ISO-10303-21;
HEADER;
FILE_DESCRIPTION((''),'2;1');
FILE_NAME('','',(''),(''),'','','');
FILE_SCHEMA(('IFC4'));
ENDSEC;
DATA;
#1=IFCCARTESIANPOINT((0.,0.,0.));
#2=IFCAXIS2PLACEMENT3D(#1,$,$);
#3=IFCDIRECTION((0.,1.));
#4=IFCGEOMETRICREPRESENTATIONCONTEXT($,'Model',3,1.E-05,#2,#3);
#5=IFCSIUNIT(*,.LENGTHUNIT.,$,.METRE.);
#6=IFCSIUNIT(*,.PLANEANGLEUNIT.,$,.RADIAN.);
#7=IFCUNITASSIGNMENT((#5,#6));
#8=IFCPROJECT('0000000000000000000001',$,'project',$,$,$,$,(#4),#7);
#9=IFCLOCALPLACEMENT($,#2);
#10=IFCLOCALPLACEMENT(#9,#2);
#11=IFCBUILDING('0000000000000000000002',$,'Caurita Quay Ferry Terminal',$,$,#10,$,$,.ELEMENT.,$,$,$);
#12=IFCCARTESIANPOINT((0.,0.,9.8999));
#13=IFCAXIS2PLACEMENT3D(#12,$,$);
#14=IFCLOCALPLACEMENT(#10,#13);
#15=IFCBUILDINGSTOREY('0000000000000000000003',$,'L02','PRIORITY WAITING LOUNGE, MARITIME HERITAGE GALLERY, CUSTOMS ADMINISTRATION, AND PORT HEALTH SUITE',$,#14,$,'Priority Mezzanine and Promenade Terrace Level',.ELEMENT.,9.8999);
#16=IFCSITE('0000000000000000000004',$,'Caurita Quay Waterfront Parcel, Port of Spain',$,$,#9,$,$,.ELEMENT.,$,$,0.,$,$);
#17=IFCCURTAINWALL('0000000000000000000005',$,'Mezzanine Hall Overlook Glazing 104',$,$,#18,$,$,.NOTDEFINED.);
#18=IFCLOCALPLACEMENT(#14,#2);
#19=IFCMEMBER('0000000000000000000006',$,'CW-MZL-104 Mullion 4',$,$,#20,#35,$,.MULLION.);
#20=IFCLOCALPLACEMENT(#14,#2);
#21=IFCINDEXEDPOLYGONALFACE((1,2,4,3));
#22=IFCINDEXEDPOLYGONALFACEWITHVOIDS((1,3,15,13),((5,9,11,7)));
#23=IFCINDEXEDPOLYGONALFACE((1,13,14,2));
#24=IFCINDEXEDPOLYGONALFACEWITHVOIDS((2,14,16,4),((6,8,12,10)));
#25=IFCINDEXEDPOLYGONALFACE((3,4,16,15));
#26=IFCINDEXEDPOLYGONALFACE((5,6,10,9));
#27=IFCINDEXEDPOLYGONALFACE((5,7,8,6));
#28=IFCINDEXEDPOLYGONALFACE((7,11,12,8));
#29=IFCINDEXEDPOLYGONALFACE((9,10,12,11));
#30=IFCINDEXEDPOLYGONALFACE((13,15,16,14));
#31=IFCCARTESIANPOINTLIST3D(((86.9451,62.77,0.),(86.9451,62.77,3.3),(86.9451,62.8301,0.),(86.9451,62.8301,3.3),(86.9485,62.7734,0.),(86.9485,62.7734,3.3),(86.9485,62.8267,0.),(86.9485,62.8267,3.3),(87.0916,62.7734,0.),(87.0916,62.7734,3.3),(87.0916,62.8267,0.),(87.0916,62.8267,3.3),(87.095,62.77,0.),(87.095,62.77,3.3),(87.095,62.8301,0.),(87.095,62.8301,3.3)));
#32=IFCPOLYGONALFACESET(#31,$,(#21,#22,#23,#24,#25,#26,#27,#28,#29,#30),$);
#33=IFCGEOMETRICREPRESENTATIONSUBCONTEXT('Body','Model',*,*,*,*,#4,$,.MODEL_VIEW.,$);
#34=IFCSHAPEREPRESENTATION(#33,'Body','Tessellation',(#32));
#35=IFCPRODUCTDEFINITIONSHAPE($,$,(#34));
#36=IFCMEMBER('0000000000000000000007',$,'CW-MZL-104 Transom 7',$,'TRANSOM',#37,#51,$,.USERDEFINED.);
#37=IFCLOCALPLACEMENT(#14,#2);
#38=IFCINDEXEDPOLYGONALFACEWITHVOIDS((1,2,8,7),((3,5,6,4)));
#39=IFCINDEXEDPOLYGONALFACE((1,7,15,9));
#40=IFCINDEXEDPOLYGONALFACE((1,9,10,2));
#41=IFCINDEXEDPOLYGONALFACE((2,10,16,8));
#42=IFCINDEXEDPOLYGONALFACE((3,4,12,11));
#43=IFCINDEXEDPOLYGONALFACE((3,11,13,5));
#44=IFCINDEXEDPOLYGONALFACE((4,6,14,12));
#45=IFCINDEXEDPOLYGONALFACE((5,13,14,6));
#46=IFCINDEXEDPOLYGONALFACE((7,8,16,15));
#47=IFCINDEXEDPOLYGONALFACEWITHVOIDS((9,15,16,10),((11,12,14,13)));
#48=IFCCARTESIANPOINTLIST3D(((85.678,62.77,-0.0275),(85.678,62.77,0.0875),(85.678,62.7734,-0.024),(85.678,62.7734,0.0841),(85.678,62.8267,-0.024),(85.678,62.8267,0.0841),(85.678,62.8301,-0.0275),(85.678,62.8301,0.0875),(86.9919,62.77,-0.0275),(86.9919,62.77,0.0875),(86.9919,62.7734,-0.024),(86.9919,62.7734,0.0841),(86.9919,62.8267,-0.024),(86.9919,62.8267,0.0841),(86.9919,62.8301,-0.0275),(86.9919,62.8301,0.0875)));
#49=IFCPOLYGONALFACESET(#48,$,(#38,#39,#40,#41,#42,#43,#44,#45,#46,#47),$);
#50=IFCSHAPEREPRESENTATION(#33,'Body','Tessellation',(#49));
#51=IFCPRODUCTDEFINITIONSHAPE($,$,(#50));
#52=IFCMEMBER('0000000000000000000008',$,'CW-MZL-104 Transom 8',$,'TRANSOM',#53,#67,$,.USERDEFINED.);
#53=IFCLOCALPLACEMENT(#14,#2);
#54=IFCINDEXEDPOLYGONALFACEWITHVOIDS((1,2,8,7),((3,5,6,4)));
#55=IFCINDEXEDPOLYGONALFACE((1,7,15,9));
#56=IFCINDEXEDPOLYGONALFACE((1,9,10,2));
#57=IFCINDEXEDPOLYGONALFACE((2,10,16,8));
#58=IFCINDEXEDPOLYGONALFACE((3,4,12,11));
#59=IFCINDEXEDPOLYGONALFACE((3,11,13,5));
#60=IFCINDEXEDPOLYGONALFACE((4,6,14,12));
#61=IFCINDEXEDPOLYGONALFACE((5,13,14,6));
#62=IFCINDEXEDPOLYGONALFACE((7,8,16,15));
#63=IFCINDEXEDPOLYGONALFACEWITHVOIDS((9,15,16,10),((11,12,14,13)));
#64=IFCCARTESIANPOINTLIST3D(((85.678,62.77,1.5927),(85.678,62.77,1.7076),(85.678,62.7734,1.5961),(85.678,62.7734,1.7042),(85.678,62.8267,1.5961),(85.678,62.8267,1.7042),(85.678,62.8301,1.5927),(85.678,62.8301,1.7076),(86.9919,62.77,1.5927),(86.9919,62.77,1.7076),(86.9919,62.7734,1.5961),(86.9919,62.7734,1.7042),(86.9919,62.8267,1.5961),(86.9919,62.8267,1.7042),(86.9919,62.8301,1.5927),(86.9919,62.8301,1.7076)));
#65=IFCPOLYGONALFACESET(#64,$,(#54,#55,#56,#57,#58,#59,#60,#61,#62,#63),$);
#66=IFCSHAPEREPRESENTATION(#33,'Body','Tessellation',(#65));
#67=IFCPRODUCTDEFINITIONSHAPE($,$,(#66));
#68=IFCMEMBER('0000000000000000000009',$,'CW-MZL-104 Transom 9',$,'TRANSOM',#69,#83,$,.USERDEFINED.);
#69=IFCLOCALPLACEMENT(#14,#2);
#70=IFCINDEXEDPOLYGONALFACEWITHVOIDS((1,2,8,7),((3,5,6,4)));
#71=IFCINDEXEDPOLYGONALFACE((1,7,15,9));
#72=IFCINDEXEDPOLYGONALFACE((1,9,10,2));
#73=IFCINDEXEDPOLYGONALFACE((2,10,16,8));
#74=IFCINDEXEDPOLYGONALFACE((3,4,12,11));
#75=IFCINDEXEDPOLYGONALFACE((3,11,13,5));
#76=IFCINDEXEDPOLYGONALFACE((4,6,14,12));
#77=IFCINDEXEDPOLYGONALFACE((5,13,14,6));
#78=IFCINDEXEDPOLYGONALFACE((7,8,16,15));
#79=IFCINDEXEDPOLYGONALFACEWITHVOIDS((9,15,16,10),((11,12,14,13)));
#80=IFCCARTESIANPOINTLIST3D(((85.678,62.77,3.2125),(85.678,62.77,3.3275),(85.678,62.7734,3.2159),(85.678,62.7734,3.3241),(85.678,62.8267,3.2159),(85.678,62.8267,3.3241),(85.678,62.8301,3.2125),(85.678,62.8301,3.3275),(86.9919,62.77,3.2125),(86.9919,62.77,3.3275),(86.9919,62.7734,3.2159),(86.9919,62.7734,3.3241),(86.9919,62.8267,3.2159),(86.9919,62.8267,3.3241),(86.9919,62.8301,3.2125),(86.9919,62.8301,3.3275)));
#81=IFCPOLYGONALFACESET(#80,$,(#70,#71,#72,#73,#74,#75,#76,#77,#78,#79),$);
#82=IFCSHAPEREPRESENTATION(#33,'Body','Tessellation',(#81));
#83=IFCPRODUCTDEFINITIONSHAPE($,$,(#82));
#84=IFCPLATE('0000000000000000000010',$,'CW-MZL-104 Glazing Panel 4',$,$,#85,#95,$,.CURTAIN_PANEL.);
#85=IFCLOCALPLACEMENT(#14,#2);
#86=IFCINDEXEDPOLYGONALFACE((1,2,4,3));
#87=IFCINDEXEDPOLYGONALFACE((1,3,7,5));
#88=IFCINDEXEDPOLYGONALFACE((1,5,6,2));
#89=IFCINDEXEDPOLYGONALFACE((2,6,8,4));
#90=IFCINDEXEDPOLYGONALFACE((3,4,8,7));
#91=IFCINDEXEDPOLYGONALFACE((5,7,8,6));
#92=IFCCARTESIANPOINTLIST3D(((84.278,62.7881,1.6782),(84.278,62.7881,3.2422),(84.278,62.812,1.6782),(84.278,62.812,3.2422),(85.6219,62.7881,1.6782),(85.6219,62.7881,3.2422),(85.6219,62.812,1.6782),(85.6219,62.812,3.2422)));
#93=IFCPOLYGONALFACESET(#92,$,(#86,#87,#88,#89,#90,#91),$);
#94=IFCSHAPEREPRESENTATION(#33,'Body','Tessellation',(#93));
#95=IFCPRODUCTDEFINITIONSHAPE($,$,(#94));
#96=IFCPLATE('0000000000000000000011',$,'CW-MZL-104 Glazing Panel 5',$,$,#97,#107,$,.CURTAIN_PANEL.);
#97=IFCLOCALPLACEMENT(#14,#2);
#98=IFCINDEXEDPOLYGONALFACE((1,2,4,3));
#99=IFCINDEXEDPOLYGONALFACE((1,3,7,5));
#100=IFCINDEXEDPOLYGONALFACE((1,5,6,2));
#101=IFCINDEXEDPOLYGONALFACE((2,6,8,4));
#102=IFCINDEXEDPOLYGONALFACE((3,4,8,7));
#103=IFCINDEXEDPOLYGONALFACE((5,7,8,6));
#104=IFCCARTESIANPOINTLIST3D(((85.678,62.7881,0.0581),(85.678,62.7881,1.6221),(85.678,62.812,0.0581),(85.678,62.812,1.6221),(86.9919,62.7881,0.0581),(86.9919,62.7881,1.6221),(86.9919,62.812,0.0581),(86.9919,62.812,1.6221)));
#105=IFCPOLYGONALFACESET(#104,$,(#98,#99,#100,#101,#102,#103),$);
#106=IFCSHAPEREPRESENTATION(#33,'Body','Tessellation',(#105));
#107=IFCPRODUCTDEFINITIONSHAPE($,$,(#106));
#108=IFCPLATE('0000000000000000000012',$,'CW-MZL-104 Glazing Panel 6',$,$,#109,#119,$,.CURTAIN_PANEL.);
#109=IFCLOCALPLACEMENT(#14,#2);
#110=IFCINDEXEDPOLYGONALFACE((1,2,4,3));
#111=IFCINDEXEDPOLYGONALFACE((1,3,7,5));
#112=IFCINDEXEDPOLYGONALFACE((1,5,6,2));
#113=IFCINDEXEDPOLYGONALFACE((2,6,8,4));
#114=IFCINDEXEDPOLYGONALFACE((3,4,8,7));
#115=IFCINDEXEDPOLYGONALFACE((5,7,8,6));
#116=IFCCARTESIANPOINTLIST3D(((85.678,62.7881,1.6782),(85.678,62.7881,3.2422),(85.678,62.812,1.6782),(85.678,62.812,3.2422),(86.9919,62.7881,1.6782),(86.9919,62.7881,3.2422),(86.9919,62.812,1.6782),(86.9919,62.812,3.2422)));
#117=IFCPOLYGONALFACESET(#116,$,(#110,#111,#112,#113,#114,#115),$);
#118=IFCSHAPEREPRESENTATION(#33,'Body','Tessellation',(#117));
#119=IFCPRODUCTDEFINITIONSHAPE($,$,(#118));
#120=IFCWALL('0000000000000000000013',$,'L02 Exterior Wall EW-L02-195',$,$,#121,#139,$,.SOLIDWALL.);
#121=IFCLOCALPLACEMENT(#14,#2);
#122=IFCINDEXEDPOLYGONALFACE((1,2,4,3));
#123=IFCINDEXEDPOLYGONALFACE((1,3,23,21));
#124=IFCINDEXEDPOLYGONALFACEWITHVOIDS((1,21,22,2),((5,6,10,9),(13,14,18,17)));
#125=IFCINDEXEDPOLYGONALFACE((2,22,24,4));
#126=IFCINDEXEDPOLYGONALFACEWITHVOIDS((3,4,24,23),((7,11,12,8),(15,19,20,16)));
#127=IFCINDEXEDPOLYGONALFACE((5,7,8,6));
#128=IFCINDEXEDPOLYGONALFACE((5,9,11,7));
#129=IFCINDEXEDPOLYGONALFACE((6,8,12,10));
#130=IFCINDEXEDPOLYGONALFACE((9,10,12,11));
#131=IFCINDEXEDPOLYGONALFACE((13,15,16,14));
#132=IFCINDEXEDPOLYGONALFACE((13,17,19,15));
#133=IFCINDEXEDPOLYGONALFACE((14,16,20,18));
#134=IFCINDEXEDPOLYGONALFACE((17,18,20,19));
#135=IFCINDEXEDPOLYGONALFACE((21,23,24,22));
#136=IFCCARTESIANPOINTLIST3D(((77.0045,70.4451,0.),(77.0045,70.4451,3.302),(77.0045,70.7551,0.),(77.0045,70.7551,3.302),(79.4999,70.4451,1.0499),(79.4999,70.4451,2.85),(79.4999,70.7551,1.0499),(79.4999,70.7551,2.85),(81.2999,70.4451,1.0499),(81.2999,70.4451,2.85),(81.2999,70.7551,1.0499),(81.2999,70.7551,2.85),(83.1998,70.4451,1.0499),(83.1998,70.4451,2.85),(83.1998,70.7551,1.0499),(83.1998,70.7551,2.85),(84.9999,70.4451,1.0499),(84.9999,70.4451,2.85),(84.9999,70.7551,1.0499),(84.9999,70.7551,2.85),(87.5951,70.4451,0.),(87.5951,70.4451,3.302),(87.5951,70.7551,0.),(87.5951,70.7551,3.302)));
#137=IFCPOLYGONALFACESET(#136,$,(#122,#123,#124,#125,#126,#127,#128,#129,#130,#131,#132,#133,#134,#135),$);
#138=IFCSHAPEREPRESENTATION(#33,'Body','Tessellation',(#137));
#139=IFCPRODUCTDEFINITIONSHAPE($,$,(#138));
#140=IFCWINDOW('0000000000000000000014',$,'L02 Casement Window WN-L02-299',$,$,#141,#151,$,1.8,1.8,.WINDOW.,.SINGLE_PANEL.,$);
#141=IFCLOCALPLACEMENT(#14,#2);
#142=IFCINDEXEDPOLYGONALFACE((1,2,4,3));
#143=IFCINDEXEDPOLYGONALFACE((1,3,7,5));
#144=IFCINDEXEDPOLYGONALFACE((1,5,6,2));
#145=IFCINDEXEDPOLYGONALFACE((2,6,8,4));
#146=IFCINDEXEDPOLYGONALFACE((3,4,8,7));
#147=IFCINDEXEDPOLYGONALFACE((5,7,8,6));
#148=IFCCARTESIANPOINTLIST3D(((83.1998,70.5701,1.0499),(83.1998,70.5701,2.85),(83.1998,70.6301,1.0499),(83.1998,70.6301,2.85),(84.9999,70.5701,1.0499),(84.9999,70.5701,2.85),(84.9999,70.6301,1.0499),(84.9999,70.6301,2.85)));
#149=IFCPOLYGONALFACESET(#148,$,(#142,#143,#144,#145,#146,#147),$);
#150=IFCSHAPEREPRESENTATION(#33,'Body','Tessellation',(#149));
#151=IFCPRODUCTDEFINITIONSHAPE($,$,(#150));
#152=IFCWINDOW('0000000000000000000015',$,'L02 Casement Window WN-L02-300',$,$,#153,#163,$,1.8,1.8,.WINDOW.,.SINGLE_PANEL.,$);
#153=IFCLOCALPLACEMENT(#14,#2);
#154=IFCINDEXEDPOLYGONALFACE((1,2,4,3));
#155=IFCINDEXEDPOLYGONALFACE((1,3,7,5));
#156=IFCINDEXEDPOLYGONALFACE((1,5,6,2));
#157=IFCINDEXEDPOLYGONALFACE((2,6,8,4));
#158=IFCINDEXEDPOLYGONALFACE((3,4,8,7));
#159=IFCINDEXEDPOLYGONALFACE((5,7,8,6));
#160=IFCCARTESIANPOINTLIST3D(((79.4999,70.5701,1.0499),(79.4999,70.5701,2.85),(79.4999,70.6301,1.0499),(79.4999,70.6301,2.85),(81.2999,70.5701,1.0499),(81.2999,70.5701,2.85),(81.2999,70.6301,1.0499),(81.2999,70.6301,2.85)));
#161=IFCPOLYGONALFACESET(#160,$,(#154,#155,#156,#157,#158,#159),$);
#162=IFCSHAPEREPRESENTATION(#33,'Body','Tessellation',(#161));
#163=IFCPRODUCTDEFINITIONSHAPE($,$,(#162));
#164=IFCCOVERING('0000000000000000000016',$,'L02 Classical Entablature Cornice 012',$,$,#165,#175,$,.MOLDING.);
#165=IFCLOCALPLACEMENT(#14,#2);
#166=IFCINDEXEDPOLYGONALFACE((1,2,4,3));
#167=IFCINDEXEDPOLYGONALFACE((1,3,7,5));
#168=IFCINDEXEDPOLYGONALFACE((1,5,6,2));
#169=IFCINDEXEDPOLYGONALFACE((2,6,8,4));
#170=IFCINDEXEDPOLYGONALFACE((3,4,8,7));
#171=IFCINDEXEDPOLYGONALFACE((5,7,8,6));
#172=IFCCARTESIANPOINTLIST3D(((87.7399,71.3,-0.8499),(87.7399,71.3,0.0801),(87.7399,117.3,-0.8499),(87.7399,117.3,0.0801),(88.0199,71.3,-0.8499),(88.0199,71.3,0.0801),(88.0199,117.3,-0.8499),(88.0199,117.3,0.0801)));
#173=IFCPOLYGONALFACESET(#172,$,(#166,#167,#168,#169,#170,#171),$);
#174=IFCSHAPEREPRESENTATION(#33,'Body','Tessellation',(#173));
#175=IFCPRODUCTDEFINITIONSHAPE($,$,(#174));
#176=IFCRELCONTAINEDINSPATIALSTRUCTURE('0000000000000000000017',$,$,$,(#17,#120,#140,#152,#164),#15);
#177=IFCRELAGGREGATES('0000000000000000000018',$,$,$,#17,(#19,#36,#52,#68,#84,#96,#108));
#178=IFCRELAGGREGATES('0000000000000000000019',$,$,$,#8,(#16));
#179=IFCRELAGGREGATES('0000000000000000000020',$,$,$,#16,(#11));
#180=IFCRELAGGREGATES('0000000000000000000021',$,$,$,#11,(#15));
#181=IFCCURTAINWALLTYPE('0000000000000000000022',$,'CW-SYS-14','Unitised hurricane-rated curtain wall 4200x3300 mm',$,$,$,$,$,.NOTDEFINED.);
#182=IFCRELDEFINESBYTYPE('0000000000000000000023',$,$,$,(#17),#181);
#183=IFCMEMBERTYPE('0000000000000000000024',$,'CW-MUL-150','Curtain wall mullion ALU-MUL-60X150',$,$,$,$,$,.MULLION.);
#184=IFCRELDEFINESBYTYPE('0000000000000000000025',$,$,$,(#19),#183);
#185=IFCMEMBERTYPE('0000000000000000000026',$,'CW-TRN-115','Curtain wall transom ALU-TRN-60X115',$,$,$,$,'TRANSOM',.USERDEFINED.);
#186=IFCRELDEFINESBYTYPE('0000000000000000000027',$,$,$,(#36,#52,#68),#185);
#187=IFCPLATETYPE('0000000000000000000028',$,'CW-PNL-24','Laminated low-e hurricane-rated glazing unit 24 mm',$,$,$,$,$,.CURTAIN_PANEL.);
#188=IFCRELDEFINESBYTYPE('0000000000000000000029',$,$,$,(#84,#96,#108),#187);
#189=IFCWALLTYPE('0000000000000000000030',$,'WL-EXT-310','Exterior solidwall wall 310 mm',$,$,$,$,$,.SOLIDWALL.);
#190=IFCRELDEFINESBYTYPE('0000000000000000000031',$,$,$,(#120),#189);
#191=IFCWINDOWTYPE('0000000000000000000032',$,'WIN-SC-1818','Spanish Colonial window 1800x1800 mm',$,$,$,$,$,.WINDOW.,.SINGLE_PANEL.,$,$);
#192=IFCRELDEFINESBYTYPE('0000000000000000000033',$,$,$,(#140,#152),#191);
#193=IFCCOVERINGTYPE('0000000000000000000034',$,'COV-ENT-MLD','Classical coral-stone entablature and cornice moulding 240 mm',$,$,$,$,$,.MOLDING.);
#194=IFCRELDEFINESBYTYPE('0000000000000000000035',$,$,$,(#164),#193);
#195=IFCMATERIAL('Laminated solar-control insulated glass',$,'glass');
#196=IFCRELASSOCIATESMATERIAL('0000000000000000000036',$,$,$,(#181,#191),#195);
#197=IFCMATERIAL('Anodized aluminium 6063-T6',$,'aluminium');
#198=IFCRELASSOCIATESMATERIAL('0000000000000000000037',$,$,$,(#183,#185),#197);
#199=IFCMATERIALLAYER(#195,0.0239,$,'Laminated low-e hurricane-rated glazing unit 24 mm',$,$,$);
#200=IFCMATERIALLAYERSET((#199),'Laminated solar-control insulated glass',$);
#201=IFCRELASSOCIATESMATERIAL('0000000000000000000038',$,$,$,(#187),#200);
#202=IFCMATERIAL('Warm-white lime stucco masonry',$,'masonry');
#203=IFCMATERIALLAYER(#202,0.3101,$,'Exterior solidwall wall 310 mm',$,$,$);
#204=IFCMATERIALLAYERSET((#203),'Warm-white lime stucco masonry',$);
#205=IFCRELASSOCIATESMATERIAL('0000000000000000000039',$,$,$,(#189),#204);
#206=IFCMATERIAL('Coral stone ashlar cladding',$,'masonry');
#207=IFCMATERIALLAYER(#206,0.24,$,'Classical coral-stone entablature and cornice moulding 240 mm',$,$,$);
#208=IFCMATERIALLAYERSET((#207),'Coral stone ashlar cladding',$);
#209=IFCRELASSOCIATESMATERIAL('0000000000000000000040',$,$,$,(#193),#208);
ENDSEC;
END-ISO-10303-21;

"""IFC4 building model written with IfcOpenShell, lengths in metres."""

from ifc_helpers import new_model, si_unit, direction, frame, frame_2d, origin, origin_2d, place, context, subcontext, project, spatial, rectangle, hollow_rectangle, extrude, material, layer, layer_set, material_profile, profile_set, type_object, element, fill, aggregate, save


model = new_model("IFC4")

# Units and contexts
model_context = context("Model", 3, precision=1e-05, world=origin(), true_north=direction((0.0, 1.0)))
body_context = subcontext(model_context, "Body", "Model", "MODEL_VIEW")
ifc_project = project(units=[si_unit("LENGTHUNIT", "METRE"), si_unit("PLANEANGLEUNIT", "RADIAN")], contexts=[model_context])

# Site, building, storey
site_placement = place(None, origin())
site = spatial("IfcSite", under=ifc_project, at=site_placement, Name="Caurita Quay Waterfront Parcel, Port of Spain", CompositionType="ELEMENT", RefElevation=0.0)
building_placement = place(site_placement, origin())
building = spatial("IfcBuilding", under=site, at=building_placement, Name="Caurita Quay Ferry Terminal", CompositionType="ELEMENT")
storey_placement = place(building_placement, frame((0.0, 0.0, 9.8999)))
storey = spatial("IfcBuildingStorey", under=building, at=storey_placement, Name="L02", Description="PRIORITY WAITING LOUNGE, MARITIME HERITAGE GALLERY, CUSTOMS ADMINISTRATION, AND PORT HEALTH SUITE", LongName="Priority Mezzanine and Promenade Terrace Level", CompositionType="ELEMENT", Elevation=9.8999)

# Curtain wall, members, plates
ifc_material_1 = material(Name="Laminated solar-control insulated glass", Category="glass")
curtain_wall_type = type_object("IfcCurtainWallType", Name="CW-SYS-14", Description="Unitised hurricane-rated curtain wall 4200x3300 mm", PredefinedType="NOTDEFINED", material=ifc_material_1)
curtain_wall_placement = place(storey_placement, origin())
curtain_wall = element("IfcCurtainWall", 1, at=curtain_wall_placement, inside=storey, type_object=curtain_wall_type, Name="Mezzanine Hall Overlook Glazing 104", PredefinedType="NOTDEFINED")
ifc_material_2 = material(Name="Anodized aluminium 6063-T6", Category="aluminium")
ifc_material_profile_1 = material_profile(ifc_material_2, hollow_rectangle(XDim=0.0601, YDim=0.1499, WallThickness=0.0034, at=origin_2d()), Name="ALU-MUL-60X150")
ifc_profile_set_1 = profile_set([ifc_material_profile_1], Name="Anodized aluminium 6063-T6")
member_type_1 = type_object("IfcMemberType", Name="CW-MUL-150", Description="Curtain wall mullion ALU-MUL-60X150", PredefinedType="MULLION", material=ifc_profile_set_1)
member_1_placement = place(storey_placement, frame((87.02, 62.8, 0.0), z_axis=(0.0, 0.0, 1.0), x_axis=(0.0, 1.0, 0.0)))
member_1 = element("IfcMember", 2, at=member_1_placement, type_object=member_type_1, Name="CW-MZL-104 Mullion 4", PredefinedType="MULLION", context=body_context, shape_type="SweptSolid", body=[
    extrude(hollow_rectangle(XDim=0.0601, YDim=0.1499, WallThickness=0.0034, at=origin_2d()), origin(), (0.0, 0.0, 1.0), 3.3),
])
ifc_material_profile_2 = material_profile(ifc_material_2, hollow_rectangle(XDim=0.0601, YDim=0.115, WallThickness=0.0034, at=origin_2d()), Name="ALU-TRN-60X115")
ifc_profile_set_2 = profile_set([ifc_material_profile_2], Name="Anodized aluminium 6063-T6")
member_type_2 = type_object("IfcMemberType", Name="CW-TRN-115", Description="Curtain wall transom ALU-TRN-60X115", ElementType="TRANSOM", PredefinedType="USERDEFINED", material=ifc_profile_set_2)
member_2_placement = place(storey_placement, frame((85.678, 62.8, 0.03), z_axis=(1.0, 0.0, 0.0), x_axis=(0.0, 1.0, 0.0)))
member_2 = element("IfcMember", 3, at=member_2_placement, type_object=member_type_2, Name="CW-MZL-104 Transom 7", ObjectType="TRANSOM", PredefinedType="USERDEFINED", context=body_context, shape_type="SweptSolid", body=[
    extrude(hollow_rectangle(XDim=0.0601, YDim=0.115, WallThickness=0.0034, at=origin_2d()), origin(), (0.0, 0.0, 1.0), 1.314),
])
member_3_placement = place(storey_placement, frame((85.678, 62.8, 1.6501), z_axis=(1.0, 0.0, 0.0), x_axis=(0.0, 1.0, 0.0)))
member_3 = element("IfcMember", 4, at=member_3_placement, type_object=member_type_2, Name="CW-MZL-104 Transom 8", ObjectType="TRANSOM", PredefinedType="USERDEFINED", context=body_context, shape_type="SweptSolid", body=[
    extrude(hollow_rectangle(XDim=0.0601, YDim=0.115, WallThickness=0.0034, at=origin_2d()), origin(), (0.0, 0.0, 1.0), 1.314),
])
member_4_placement = place(storey_placement, frame((85.678, 62.8, 3.27), z_axis=(1.0, 0.0, 0.0), x_axis=(0.0, 1.0, 0.0)))
member_4 = element("IfcMember", 5, at=member_4_placement, type_object=member_type_2, Name="CW-MZL-104 Transom 9", ObjectType="TRANSOM", PredefinedType="USERDEFINED", context=body_context, shape_type="SweptSolid", body=[
    extrude(hollow_rectangle(XDim=0.0601, YDim=0.115, WallThickness=0.0034, at=origin_2d()), origin(), (0.0, 0.0, 1.0), 1.314),
])
ifc_layer_1 = layer(ifc_material_1, 0.0239, Name="Laminated low-e hurricane-rated glazing unit 24 mm")
ifc_layer_set_1 = layer_set([ifc_layer_1], Name="Laminated solar-control insulated glass")
plate_type = type_object("IfcPlateType", Name="CW-PNL-24", Description="Laminated low-e hurricane-rated glazing unit 24 mm", PredefinedType="CURTAIN_PANEL", material=ifc_layer_set_1)
plate_1_placement = place(storey_placement, frame((84.95, 62.8, 1.6782), z_axis=(0.0, 0.0, 1.0), x_axis=(1.0, 0.0, 0.0)))
plate_1 = element("IfcPlate", 6, at=plate_1_placement, type_object=plate_type, Name="CW-MZL-104 Glazing Panel 4", PredefinedType="CURTAIN_PANEL", context=body_context, shape_type="SweptSolid", body=[
    extrude(rectangle(XDim=1.344, YDim=0.0239, at=origin_2d()), origin(), (0.0, 0.0, 1.0), 1.564),
])
plate_2_placement = place(storey_placement, frame((86.335, 62.8, 0.0581), z_axis=(0.0, 0.0, 1.0), x_axis=(1.0, 0.0, 0.0)))
plate_2 = element("IfcPlate", 7, at=plate_2_placement, type_object=plate_type, Name="CW-MZL-104 Glazing Panel 5", PredefinedType="CURTAIN_PANEL", context=body_context, shape_type="SweptSolid", body=[
    extrude(rectangle(XDim=1.314, YDim=0.0239, at=origin_2d()), origin(), (0.0, 0.0, 1.0), 1.564),
])
plate_3_placement = place(storey_placement, frame((86.335, 62.8, 1.6782), z_axis=(0.0, 0.0, 1.0), x_axis=(1.0, 0.0, 0.0)))
plate_3 = element("IfcPlate", 8, at=plate_3_placement, type_object=plate_type, Name="CW-MZL-104 Glazing Panel 6", PredefinedType="CURTAIN_PANEL", context=body_context, shape_type="SweptSolid", body=[
    extrude(rectangle(XDim=1.314, YDim=0.0239, at=origin_2d()), origin(), (0.0, 0.0, 1.0), 1.564),
])
aggregate(curtain_wall, [member_1, member_2, member_3, member_4, plate_1, plate_2, plate_3])

# Wall, openings, windows
ifc_material_3 = material(Name="Warm-white lime stucco masonry", Category="masonry")
ifc_layer_2 = layer(ifc_material_3, 0.3101, Name="Exterior solidwall wall 310 mm")
ifc_layer_set_2 = layer_set([ifc_layer_2], Name="Warm-white lime stucco masonry")
wall_type = type_object("IfcWallType", Name="WL-EXT-310", Description="Exterior solidwall wall 310 mm", PredefinedType="SOLIDWALL", material=ifc_layer_set_2)
wall_placement = place(storey_placement, frame((87.5952, 70.6001, 0.0), z_axis=(0.0, 0.0, 1.0), x_axis=(-1.0, 0.0, 0.0)))
wall = element("IfcWall", 9, at=wall_placement, inside=storey, type_object=wall_type, Name="L02 Exterior Wall EW-L02-195", PredefinedType="SOLIDWALL", context=body_context, shape_type="SweptSolid", body=[
    extrude(rectangle(XDim=10.5906, YDim=0.3101, at=frame_2d((5.2954, 0.0))), origin(), (0.0, 0.0, 1.0), 3.302),
])
opening_1_placement = place(wall_placement, frame((2.5955, 0.0, 1.05)))
opening_1 = element("IfcOpeningElement", 10, at=opening_1_placement, cuts=wall, PredefinedType="OPENING", context=body_context, shape_type="SweptSolid", body=[
    extrude(rectangle(XDim=1.8, YDim=1.8, at=frame_2d((0.8999, 0.8999))), frame((0.0, 0.165, 0.0), z_axis=(0.0, -1.0, 0.0), x_axis=(1.0, 0.0, 0.0)), (0.0, 0.0, 1.0), 0.3301),
])
opening_2_placement = place(wall_placement, frame((6.2954, 0.0, 1.05)))
opening_2 = element("IfcOpeningElement", 11, at=opening_2_placement, cuts=wall, PredefinedType="OPENING", context=body_context, shape_type="SweptSolid", body=[
    extrude(rectangle(XDim=1.8, YDim=1.8, at=frame_2d((0.8999, 0.8999))), frame((0.0, 0.165, 0.0), z_axis=(0.0, -1.0, 0.0), x_axis=(1.0, 0.0, 0.0)), (0.0, 0.0, 1.0), 0.3301),
])
window_type = type_object("IfcWindowType", Name="WIN-SC-1818", Description="Spanish Colonial window 1800x1800 mm", PartitioningType="SINGLE_PANEL", PredefinedType="WINDOW", material=ifc_material_1)
window_1_placement = place(opening_1_placement, origin())
window_1 = element("IfcWindow", 12, at=window_1_placement, inside=storey, type_object=window_type, Name="L02 Casement Window WN-L02-299", OverallHeight=1.8, OverallWidth=1.8, PartitioningType="SINGLE_PANEL", PredefinedType="WINDOW", context=body_context, shape_type="SweptSolid", body=[
    extrude(rectangle(XDim=1.8, YDim=1.8, at=frame_2d((0.8999, 0.8999))), frame((0.0, 0.03, 0.0), z_axis=(0.0, -1.0, 0.0), x_axis=(1.0, 0.0, 0.0)), (0.0, 0.0, 1.0), 0.0601),
])
fill(opening_1, window_1)
window_2_placement = place(opening_2_placement, origin())
window_2 = element("IfcWindow", 13, at=window_2_placement, inside=storey, type_object=window_type, Name="L02 Casement Window WN-L02-300", OverallHeight=1.8, OverallWidth=1.8, PartitioningType="SINGLE_PANEL", PredefinedType="WINDOW", context=body_context, shape_type="SweptSolid", body=[
    extrude(rectangle(XDim=1.8, YDim=1.8, at=frame_2d((0.8999, 0.8999))), frame((0.0, 0.03, 0.0), z_axis=(0.0, -1.0, 0.0), x_axis=(1.0, 0.0, 0.0)), (0.0, 0.0, 1.0), 0.0601),
])
fill(opening_2, window_2)

# Covering
ifc_material_4 = material(Name="Coral stone ashlar cladding", Category="masonry")
ifc_layer_3 = layer(ifc_material_4, 0.24, Name="Classical coral-stone entablature and cornice moulding 240 mm")
ifc_layer_set_3 = layer_set([ifc_layer_3], Name="Coral stone ashlar cladding")
covering_type_1 = type_object("IfcCoveringType", Name="COV-ENT-MLD", Description="Classical coral-stone entablature and cornice moulding 240 mm", PredefinedType="MOLDING", material=ifc_layer_set_3)
covering_1_placement = place(storey_placement, frame((87.8799, 71.3, -0.8499), z_axis=(0.0, 0.0, 1.0), x_axis=(0.0, 1.0, 0.0)))
element("IfcCovering", 14, at=covering_1_placement, inside=storey, type_object=covering_type_1, Name="L02 Classical Entablature Cornice 012", PredefinedType="MOLDING", context=body_context, shape_type="SweptSolid", body=[
    extrude(rectangle(XDim=46.0, YDim=0.28, at=frame_2d((23.0, 0.0))), origin(), (0.0, 0.0, 1.0), 0.9299),
])

save(model, "model.ifc")
